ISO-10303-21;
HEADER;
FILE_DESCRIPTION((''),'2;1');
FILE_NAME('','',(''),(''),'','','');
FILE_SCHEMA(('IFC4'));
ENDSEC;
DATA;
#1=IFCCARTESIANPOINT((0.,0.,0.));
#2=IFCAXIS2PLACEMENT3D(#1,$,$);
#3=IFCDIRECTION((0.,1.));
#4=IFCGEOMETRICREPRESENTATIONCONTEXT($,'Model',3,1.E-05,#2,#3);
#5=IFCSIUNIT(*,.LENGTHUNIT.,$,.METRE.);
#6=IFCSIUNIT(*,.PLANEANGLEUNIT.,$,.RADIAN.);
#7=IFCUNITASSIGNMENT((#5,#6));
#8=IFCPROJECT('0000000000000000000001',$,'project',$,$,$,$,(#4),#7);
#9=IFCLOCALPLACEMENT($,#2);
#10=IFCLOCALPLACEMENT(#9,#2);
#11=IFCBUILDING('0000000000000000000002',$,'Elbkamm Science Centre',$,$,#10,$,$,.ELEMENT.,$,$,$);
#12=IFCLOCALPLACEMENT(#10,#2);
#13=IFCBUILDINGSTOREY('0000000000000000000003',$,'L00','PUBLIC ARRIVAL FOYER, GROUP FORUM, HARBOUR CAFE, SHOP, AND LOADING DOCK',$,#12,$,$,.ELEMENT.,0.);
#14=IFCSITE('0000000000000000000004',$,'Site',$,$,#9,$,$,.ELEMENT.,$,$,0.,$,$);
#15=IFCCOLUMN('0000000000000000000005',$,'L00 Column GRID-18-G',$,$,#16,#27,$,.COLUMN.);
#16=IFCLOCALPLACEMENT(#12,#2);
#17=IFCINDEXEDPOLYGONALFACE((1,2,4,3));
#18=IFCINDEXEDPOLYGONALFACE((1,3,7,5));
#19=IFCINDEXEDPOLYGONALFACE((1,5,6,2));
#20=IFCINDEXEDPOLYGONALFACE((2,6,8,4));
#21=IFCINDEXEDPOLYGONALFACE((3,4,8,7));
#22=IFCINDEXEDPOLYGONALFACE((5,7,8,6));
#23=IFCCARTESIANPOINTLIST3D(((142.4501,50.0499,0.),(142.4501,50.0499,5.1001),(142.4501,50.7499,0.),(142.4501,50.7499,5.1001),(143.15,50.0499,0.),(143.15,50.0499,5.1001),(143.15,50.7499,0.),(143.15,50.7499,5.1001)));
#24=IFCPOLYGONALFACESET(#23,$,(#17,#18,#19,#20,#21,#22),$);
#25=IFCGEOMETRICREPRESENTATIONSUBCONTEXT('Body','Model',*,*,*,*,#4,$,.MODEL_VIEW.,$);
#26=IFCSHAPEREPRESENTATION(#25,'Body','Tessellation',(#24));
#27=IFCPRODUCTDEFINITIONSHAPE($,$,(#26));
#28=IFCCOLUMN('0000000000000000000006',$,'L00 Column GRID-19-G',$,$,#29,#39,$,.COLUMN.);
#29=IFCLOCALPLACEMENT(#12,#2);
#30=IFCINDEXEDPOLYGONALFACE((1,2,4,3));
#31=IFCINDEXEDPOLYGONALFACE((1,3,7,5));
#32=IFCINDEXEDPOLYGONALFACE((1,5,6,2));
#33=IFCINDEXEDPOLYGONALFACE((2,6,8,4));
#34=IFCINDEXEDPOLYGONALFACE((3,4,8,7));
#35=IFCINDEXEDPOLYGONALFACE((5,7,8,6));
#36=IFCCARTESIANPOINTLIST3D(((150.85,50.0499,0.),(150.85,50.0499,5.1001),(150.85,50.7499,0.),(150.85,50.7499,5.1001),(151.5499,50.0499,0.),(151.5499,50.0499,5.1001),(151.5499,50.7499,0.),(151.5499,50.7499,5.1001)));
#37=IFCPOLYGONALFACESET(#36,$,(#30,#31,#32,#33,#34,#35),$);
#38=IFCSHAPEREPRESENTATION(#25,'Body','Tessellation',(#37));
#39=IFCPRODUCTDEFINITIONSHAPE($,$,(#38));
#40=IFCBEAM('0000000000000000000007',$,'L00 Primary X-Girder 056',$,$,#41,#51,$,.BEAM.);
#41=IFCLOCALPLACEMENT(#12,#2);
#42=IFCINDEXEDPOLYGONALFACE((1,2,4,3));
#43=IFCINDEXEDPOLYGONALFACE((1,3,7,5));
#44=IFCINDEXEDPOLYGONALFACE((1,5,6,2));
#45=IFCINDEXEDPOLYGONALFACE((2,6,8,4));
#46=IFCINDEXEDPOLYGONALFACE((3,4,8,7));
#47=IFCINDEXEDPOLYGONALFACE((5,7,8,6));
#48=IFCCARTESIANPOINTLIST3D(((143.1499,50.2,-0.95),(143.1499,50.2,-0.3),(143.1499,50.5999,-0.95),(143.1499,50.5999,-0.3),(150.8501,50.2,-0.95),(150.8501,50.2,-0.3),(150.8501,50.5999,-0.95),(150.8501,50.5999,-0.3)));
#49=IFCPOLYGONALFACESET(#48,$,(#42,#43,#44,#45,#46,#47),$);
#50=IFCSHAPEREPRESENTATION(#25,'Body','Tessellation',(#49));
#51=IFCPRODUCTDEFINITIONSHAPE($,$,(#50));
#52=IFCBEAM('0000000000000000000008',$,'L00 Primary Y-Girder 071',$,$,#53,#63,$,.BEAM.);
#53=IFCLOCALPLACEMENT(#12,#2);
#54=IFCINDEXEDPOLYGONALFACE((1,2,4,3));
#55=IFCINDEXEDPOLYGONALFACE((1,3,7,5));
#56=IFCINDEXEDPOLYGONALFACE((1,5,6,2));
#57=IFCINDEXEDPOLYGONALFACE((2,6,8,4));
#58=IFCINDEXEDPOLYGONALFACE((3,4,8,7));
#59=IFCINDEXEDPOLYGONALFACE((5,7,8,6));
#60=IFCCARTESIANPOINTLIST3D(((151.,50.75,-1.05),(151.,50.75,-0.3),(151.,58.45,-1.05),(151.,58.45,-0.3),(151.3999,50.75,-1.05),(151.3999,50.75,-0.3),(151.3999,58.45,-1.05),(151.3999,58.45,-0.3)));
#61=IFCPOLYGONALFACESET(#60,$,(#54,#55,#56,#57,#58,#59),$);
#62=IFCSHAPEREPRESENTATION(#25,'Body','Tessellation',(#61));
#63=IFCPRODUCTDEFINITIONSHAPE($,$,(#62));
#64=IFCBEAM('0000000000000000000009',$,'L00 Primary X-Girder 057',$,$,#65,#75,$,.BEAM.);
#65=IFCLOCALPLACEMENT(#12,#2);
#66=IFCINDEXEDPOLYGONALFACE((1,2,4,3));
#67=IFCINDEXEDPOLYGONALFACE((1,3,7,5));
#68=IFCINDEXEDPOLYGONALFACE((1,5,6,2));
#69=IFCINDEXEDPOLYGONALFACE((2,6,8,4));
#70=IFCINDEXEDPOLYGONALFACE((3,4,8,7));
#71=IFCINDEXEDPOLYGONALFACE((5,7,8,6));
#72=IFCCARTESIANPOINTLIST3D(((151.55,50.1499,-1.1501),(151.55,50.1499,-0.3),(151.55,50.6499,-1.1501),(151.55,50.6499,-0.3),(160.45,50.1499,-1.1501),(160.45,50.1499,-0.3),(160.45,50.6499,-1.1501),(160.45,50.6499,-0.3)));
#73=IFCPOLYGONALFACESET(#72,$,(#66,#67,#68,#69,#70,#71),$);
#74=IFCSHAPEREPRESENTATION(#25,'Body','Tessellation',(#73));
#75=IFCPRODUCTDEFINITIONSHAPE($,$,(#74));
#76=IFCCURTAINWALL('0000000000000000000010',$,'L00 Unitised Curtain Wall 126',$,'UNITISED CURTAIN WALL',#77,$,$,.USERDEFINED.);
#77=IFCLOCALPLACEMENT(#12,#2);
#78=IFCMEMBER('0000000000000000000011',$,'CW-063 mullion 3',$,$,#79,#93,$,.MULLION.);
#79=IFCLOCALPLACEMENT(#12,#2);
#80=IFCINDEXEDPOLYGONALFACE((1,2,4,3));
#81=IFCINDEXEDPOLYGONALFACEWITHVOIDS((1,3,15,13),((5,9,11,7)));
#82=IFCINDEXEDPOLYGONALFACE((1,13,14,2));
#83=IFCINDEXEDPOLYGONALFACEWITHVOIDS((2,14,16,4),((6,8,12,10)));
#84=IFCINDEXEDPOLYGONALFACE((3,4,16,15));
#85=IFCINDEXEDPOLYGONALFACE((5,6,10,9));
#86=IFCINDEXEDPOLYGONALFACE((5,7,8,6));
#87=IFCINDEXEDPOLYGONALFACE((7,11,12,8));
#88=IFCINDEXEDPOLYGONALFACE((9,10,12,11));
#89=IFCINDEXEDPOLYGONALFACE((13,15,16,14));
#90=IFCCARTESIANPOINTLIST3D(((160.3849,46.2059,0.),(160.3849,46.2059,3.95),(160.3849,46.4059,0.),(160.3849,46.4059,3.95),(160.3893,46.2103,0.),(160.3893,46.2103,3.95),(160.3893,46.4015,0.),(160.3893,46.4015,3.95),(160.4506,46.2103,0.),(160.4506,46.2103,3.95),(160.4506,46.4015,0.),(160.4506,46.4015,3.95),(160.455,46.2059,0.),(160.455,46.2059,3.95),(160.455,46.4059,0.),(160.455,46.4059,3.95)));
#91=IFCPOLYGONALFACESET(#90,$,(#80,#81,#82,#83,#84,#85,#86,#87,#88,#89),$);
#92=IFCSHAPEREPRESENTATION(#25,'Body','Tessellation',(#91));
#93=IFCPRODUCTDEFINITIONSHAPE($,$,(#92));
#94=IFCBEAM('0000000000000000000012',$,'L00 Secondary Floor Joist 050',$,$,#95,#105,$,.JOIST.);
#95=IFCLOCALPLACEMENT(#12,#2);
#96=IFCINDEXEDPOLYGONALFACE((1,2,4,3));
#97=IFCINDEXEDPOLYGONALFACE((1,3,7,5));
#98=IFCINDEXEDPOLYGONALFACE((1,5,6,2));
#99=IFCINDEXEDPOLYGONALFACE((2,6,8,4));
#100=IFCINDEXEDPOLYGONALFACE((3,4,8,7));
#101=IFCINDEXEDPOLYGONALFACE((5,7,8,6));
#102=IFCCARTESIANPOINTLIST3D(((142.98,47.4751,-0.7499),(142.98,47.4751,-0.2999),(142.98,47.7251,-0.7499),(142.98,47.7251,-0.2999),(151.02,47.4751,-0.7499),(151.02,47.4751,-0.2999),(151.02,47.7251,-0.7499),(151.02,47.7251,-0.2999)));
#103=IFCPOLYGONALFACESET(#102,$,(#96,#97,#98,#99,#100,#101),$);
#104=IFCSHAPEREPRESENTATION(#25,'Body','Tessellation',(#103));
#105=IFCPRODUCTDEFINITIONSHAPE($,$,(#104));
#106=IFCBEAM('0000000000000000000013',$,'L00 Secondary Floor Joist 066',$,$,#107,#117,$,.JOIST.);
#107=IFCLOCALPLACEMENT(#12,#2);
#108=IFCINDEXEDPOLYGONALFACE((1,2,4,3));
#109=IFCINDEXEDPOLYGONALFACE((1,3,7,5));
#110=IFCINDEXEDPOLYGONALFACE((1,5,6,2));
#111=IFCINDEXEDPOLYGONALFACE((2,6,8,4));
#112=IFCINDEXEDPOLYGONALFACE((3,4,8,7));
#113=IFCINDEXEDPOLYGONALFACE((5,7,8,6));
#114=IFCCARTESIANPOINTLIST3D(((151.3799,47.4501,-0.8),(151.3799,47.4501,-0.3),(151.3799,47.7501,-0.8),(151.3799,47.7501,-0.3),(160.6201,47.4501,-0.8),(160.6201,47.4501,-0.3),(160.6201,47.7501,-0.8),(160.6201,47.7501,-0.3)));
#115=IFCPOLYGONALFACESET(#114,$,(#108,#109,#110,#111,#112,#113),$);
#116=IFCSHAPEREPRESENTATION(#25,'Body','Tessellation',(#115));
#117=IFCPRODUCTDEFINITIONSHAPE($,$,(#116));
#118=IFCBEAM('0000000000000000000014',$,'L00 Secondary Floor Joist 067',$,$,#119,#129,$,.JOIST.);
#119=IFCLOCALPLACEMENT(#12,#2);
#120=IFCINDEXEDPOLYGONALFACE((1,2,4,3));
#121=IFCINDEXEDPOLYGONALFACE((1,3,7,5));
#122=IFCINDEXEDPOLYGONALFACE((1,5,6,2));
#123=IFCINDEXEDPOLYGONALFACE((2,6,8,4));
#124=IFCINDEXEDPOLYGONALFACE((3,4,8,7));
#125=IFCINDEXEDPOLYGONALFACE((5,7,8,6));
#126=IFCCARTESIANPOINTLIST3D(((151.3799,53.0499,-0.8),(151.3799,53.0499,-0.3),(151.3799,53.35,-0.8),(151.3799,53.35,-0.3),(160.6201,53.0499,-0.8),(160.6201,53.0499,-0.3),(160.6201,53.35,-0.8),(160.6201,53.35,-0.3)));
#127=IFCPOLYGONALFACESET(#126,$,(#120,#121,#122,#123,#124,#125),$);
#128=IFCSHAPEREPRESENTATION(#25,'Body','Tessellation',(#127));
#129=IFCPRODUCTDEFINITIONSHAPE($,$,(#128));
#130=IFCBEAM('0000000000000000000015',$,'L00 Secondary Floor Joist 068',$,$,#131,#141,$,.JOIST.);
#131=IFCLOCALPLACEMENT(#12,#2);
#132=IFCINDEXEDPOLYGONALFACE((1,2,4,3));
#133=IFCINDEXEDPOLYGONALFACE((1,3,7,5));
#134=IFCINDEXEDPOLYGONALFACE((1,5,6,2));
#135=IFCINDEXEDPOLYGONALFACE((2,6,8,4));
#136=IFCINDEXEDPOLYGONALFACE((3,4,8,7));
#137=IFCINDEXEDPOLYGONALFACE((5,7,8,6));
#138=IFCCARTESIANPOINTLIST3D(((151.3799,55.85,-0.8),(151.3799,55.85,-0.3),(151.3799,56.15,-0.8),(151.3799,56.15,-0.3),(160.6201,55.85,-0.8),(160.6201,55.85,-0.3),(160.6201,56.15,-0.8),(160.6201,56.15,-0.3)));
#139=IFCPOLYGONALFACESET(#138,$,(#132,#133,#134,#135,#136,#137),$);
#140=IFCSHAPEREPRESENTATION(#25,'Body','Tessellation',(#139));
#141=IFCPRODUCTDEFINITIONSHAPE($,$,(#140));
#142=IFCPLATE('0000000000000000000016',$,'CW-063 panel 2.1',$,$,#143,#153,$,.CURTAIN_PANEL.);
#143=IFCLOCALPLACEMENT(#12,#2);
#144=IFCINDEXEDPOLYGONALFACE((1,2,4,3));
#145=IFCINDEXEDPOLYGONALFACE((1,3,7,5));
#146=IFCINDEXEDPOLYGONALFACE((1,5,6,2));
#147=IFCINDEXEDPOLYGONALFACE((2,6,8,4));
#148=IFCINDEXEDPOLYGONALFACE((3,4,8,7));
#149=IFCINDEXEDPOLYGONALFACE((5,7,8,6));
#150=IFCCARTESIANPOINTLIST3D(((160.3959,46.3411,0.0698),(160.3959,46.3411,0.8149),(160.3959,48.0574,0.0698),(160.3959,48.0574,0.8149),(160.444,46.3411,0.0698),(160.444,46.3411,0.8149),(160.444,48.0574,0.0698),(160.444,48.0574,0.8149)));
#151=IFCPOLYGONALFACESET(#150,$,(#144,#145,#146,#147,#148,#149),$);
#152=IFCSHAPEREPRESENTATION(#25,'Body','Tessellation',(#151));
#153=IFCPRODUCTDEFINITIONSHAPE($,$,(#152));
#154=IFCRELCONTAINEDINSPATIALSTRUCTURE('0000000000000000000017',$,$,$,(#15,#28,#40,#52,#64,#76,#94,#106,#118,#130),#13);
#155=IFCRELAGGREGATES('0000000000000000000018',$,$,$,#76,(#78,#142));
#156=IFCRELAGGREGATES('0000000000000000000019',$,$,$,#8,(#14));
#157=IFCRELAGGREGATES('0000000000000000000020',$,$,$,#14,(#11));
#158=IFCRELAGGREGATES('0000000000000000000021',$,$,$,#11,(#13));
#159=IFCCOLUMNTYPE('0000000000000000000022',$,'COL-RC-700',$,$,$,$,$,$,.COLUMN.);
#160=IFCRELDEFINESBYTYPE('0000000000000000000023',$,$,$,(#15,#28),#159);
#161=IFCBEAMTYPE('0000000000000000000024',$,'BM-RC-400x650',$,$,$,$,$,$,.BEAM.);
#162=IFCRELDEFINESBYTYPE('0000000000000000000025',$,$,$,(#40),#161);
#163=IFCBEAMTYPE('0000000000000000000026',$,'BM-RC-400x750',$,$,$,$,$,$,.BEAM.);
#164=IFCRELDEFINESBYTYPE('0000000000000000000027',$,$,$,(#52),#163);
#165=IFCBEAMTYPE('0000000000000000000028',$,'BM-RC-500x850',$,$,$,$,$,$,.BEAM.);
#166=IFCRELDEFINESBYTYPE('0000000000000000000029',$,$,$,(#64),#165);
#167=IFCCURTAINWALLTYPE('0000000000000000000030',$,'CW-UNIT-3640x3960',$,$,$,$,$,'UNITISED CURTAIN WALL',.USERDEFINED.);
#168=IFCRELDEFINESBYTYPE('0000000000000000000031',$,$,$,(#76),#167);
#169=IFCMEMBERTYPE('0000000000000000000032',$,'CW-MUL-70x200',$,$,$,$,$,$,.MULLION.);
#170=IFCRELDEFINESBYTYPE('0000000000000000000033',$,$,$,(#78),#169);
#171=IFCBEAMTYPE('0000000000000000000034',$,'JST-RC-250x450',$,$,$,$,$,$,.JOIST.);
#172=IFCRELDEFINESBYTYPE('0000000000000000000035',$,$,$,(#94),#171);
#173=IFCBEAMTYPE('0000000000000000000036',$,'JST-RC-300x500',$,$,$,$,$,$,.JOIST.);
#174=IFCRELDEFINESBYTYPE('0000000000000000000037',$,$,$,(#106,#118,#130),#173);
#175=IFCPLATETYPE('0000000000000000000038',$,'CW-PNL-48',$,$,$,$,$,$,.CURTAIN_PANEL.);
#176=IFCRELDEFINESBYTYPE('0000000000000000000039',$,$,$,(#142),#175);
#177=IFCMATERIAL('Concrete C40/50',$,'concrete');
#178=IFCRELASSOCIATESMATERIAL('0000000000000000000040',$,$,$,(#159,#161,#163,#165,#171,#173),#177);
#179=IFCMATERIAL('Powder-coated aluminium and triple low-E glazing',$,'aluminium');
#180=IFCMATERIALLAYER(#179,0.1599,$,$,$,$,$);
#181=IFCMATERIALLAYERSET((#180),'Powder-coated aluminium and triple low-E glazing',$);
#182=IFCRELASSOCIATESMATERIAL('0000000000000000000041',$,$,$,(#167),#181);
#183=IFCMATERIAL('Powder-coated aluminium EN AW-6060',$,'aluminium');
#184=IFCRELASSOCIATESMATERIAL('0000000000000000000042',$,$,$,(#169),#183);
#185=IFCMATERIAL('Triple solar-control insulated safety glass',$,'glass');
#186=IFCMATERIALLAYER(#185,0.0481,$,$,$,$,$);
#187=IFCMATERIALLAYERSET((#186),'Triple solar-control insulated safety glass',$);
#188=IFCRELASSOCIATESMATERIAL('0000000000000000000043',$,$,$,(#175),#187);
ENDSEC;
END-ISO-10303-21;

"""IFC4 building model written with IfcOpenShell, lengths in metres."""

from ifc_helpers import new_model, si_unit, direction, frame, origin, origin_2d, place, context, subcontext, project, spatial, rectangle, hollow_rectangle, extrude, material, layer, layer_set, material_profile, profile_set, type_object, element, aggregate, save


model = new_model("IFC4")

# Units and contexts
model_context = context("Model", 3, precision=1e-05, world=origin(), true_north=direction((0.0, 1.0)))
body_context = subcontext(model_context, "Body", "Model", "MODEL_VIEW")
ifc_project = project(units=[si_unit("LENGTHUNIT", "METRE"), si_unit("PLANEANGLEUNIT", "RADIAN")], contexts=[model_context])

# Site, building, storey
site_placement = place(None, origin())
site = spatial("IfcSite", under=ifc_project, at=site_placement, Name="Site", CompositionType="ELEMENT", RefElevation=0.0)
building_placement = place(site_placement, origin())
building = spatial("IfcBuilding", under=site, at=building_placement, Name="Elbkamm Science Centre", CompositionType="ELEMENT")
storey_placement = place(building_placement, origin())
storey = spatial("IfcBuildingStorey", under=building, at=storey_placement, Name="L00", Description="PUBLIC ARRIVAL FOYER, GROUP FORUM, HARBOUR CAFE, SHOP, AND LOADING DOCK", CompositionType="ELEMENT", Elevation=0.0)

# Columns
ifc_material_1 = material(Name="Concrete C40/50", Category="concrete")
ifc_material_profile_1 = material_profile(ifc_material_1, rectangle(XDim=0.7, YDim=0.7, at=origin_2d()), Name="RC 700x700")
ifc_profile_set_1 = profile_set([ifc_material_profile_1], Name="Concrete C40/50")
column_type = type_object("IfcColumnType", Name="COL-RC-700", PredefinedType="COLUMN", material=ifc_profile_set_1)
for number, where, z_axis, x_axis, name in (
    (1, (142.8, 50.3999, 0.0), (0.0, 0.0, 1.0), (1.0, 0.0, 0.0), "L00 Column GRID-18-G"),
    (2, (151.2, 50.3999, 0.0), (0.0, 0.0, 1.0), (1.0, 0.0, 0.0), "L00 Column GRID-19-G"),
):
    element("IfcColumn", number, at=place(storey_placement, frame(where, z_axis=z_axis, x_axis=x_axis)), inside=storey, type_object=column_type, Name=name, PredefinedType="COLUMN", context=body_context, shape_type="SweptSolid", body=[
        extrude(rectangle(XDim=0.7, YDim=0.7, at=origin_2d()), origin(), (0.0, 0.0, 1.0), 5.1001),
    ])

# Beams
ifc_material_profile_2 = material_profile(ifc_material_1, rectangle(XDim=0.3999, YDim=0.6499, at=origin_2d()), Name="RC 400x650")
ifc_profile_set_2 = profile_set([ifc_material_profile_2], Name="Concrete C40/50")
beam_type_1 = type_object("IfcBeamType", Name="BM-RC-400x650", PredefinedType="BEAM", material=ifc_profile_set_2)
beam_1_placement = place(storey_placement, frame((143.1499, 50.3999, -0.625), z_axis=(1.0, 0.0, 0.0), x_axis=(0.0, 1.0, 0.0)))
element("IfcBeam", 3, at=beam_1_placement, inside=storey, type_object=beam_type_1, Name="L00 Primary X-Girder 056", PredefinedType="BEAM", context=body_context, shape_type="SweptSolid", body=[
    extrude(rectangle(XDim=0.3999, YDim=0.6499, at=origin_2d()), origin(), (0.0, 0.0, 1.0), 7.7002),
])
ifc_material_profile_3 = material_profile(ifc_material_1, rectangle(XDim=0.3999, YDim=0.75, at=origin_2d()), Name="RC 400x750")
ifc_profile_set_3 = profile_set([ifc_material_profile_3], Name="Concrete C40/50")
beam_type_2 = type_object("IfcBeamType", Name="BM-RC-400x750", PredefinedType="BEAM", material=ifc_profile_set_3)
beam_2_placement = place(storey_placement, frame((151.2, 50.75, -0.675), z_axis=(0.0, 1.0, 0.0), x_axis=(-1.0, 0.0, 0.0)))
element("IfcBeam", 4, at=beam_2_placement, inside=storey, type_object=beam_type_2, Name="L00 Primary Y-Girder 071", PredefinedType="BEAM", context=body_context, shape_type="SweptSolid", body=[
    extrude(rectangle(XDim=0.3999, YDim=0.75, at=origin_2d()), origin(), (0.0, 0.0, 1.0), 7.7),
])
ifc_material_profile_4 = material_profile(ifc_material_1, rectangle(XDim=0.5, YDim=0.8501, at=origin_2d()), Name="RC 500x850")
ifc_profile_set_4 = profile_set([ifc_material_profile_4], Name="Concrete C40/50")
beam_type_3 = type_object("IfcBeamType", Name="BM-RC-500x850", PredefinedType="BEAM", material=ifc_profile_set_4)
beam_3_placement = place(storey_placement, frame((151.55, 50.3999, -0.7251), z_axis=(1.0, 0.0, 0.0), x_axis=(0.0, 1.0, 0.0)))
element("IfcBeam", 5, at=beam_3_placement, inside=storey, type_object=beam_type_3, Name="L00 Primary X-Girder 057", PredefinedType="BEAM", context=body_context, shape_type="SweptSolid", body=[
    extrude(rectangle(XDim=0.5, YDim=0.8501, at=origin_2d()), origin(), (0.0, 0.0, 1.0), 8.8999),
])

# Curtain wall, member
ifc_material_2 = material(Name="Powder-coated aluminium and triple low-E glazing", Category="aluminium")
ifc_layer_1 = layer(ifc_material_2, 0.1599)
ifc_layer_set_1 = layer_set([ifc_layer_1], Name="Powder-coated aluminium and triple low-E glazing")
curtain_wall_type = type_object("IfcCurtainWallType", Name="CW-UNIT-3640x3960", ElementType="UNITISED CURTAIN WALL", PredefinedType="USERDEFINED", material=ifc_layer_set_1)
curtain_wall_placement = place(storey_placement, origin())
curtain_wall = element("IfcCurtainWall", 6, at=curtain_wall_placement, inside=storey, type_object=curtain_wall_type, Name="L00 Unitised Curtain Wall 126", ObjectType="UNITISED CURTAIN WALL", PredefinedType="USERDEFINED")
ifc_material_3 = material(Name="Powder-coated aluminium EN AW-6060", Category="aluminium")
ifc_material_profile_5 = material_profile(ifc_material_3, hollow_rectangle(XDim=0.0701, YDim=0.2, WallThickness=0.0044, at=origin_2d()), Name="ALU M70x200")
ifc_profile_set_5 = profile_set([ifc_material_profile_5], Name="Powder-coated aluminium EN AW-6060")
member_type = type_object("IfcMemberType", Name="CW-MUL-70x200", PredefinedType="MULLION", material=ifc_profile_set_5)
member_placement = place(storey_placement, frame((160.4199, 46.3059, 0.0), z_axis=(0.0, 0.0, 1.0), x_axis=(1.0, 0.0, 0.0)))
member = element("IfcMember", 7, at=member_placement, type_object=member_type, Name="CW-063 mullion 3", PredefinedType="MULLION", context=body_context, shape_type="SweptSolid", body=[
    extrude(hollow_rectangle(XDim=0.0701, YDim=0.2, WallThickness=0.0044, at=origin_2d()), origin(), (0.0, 0.0, 1.0), 3.95),
])

# Beams
ifc_material_profile_6 = material_profile(ifc_material_1, rectangle(XDim=0.25, YDim=0.45, at=origin_2d()), Name="RC 250x450")
ifc_profile_set_6 = profile_set([ifc_material_profile_6], Name="Concrete C40/50")
beam_type_4 = type_object("IfcBeamType", Name="JST-RC-250x450", PredefinedType="JOIST", material=ifc_profile_set_6)
beam_4_placement = place(storey_placement, frame((142.98, 47.6001, -0.5249), z_axis=(1.0, 0.0, 0.0), x_axis=(0.0, 1.0, 0.0)))
element("IfcBeam", 8, at=beam_4_placement, inside=storey, type_object=beam_type_4, Name="L00 Secondary Floor Joist 050", PredefinedType="JOIST", context=body_context, shape_type="SweptSolid", body=[
    extrude(rectangle(XDim=0.25, YDim=0.45, at=origin_2d()), origin(), (0.0, 0.0, 1.0), 8.04),
])
ifc_material_profile_7 = material_profile(ifc_material_1, rectangle(XDim=0.3, YDim=0.5, at=origin_2d()), Name="RC 300x500")
ifc_profile_set_7 = profile_set([ifc_material_profile_7], Name="Concrete C40/50")
beam_type_5 = type_object("IfcBeamType", Name="JST-RC-300x500", PredefinedType="JOIST", material=ifc_profile_set_7)
for number, where, z_axis, x_axis, name in (
    (9, (151.3799, 47.6001, -0.55), (1.0, 0.0, 0.0), (0.0, 1.0, 0.0), "L00 Secondary Floor Joist 066"),
    (10, (151.3799, 53.2, -0.55), (1.0, 0.0, 0.0), (0.0, 1.0, 0.0), "L00 Secondary Floor Joist 067"),
    (11, (151.3799, 56.0, -0.55), (1.0, 0.0, 0.0), (0.0, 1.0, 0.0), "L00 Secondary Floor Joist 068"),
):
    element("IfcBeam", number, at=place(storey_placement, frame(where, z_axis=z_axis, x_axis=x_axis)), inside=storey, type_object=beam_type_5, Name=name, PredefinedType="JOIST", context=body_context, shape_type="SweptSolid", body=[
        extrude(rectangle(XDim=0.3, YDim=0.5, at=origin_2d()), origin(), (0.0, 0.0, 1.0), 9.2402),
    ])

# Plate
ifc_material_4 = material(Name="Triple solar-control insulated safety glass", Category="glass")
ifc_layer_2 = layer(ifc_material_4, 0.0481)
ifc_layer_set_2 = layer_set([ifc_layer_2], Name="Triple solar-control insulated safety glass")
plate_type = type_object("IfcPlateType", Name="CW-PNL-48", PredefinedType="CURTAIN_PANEL", material=ifc_layer_set_2)
plate_placement = place(storey_placement, frame((160.4199, 47.1992, 0.0698), z_axis=(0.0, 0.0, 1.0), x_axis=(0.0, -1.0, 0.0)))
plate = element("IfcPlate", 12, at=plate_placement, type_object=plate_type, Name="CW-063 panel 2.1", PredefinedType="CURTAIN_PANEL", context=body_context, shape_type="SweptSolid", body=[
    extrude(rectangle(XDim=1.7163, YDim=0.0481, at=origin_2d()), origin(), (0.0, 0.0, 1.0), 0.7451),
])
aggregate(curtain_wall, [member, plate])

save(model, "model.ifc")
